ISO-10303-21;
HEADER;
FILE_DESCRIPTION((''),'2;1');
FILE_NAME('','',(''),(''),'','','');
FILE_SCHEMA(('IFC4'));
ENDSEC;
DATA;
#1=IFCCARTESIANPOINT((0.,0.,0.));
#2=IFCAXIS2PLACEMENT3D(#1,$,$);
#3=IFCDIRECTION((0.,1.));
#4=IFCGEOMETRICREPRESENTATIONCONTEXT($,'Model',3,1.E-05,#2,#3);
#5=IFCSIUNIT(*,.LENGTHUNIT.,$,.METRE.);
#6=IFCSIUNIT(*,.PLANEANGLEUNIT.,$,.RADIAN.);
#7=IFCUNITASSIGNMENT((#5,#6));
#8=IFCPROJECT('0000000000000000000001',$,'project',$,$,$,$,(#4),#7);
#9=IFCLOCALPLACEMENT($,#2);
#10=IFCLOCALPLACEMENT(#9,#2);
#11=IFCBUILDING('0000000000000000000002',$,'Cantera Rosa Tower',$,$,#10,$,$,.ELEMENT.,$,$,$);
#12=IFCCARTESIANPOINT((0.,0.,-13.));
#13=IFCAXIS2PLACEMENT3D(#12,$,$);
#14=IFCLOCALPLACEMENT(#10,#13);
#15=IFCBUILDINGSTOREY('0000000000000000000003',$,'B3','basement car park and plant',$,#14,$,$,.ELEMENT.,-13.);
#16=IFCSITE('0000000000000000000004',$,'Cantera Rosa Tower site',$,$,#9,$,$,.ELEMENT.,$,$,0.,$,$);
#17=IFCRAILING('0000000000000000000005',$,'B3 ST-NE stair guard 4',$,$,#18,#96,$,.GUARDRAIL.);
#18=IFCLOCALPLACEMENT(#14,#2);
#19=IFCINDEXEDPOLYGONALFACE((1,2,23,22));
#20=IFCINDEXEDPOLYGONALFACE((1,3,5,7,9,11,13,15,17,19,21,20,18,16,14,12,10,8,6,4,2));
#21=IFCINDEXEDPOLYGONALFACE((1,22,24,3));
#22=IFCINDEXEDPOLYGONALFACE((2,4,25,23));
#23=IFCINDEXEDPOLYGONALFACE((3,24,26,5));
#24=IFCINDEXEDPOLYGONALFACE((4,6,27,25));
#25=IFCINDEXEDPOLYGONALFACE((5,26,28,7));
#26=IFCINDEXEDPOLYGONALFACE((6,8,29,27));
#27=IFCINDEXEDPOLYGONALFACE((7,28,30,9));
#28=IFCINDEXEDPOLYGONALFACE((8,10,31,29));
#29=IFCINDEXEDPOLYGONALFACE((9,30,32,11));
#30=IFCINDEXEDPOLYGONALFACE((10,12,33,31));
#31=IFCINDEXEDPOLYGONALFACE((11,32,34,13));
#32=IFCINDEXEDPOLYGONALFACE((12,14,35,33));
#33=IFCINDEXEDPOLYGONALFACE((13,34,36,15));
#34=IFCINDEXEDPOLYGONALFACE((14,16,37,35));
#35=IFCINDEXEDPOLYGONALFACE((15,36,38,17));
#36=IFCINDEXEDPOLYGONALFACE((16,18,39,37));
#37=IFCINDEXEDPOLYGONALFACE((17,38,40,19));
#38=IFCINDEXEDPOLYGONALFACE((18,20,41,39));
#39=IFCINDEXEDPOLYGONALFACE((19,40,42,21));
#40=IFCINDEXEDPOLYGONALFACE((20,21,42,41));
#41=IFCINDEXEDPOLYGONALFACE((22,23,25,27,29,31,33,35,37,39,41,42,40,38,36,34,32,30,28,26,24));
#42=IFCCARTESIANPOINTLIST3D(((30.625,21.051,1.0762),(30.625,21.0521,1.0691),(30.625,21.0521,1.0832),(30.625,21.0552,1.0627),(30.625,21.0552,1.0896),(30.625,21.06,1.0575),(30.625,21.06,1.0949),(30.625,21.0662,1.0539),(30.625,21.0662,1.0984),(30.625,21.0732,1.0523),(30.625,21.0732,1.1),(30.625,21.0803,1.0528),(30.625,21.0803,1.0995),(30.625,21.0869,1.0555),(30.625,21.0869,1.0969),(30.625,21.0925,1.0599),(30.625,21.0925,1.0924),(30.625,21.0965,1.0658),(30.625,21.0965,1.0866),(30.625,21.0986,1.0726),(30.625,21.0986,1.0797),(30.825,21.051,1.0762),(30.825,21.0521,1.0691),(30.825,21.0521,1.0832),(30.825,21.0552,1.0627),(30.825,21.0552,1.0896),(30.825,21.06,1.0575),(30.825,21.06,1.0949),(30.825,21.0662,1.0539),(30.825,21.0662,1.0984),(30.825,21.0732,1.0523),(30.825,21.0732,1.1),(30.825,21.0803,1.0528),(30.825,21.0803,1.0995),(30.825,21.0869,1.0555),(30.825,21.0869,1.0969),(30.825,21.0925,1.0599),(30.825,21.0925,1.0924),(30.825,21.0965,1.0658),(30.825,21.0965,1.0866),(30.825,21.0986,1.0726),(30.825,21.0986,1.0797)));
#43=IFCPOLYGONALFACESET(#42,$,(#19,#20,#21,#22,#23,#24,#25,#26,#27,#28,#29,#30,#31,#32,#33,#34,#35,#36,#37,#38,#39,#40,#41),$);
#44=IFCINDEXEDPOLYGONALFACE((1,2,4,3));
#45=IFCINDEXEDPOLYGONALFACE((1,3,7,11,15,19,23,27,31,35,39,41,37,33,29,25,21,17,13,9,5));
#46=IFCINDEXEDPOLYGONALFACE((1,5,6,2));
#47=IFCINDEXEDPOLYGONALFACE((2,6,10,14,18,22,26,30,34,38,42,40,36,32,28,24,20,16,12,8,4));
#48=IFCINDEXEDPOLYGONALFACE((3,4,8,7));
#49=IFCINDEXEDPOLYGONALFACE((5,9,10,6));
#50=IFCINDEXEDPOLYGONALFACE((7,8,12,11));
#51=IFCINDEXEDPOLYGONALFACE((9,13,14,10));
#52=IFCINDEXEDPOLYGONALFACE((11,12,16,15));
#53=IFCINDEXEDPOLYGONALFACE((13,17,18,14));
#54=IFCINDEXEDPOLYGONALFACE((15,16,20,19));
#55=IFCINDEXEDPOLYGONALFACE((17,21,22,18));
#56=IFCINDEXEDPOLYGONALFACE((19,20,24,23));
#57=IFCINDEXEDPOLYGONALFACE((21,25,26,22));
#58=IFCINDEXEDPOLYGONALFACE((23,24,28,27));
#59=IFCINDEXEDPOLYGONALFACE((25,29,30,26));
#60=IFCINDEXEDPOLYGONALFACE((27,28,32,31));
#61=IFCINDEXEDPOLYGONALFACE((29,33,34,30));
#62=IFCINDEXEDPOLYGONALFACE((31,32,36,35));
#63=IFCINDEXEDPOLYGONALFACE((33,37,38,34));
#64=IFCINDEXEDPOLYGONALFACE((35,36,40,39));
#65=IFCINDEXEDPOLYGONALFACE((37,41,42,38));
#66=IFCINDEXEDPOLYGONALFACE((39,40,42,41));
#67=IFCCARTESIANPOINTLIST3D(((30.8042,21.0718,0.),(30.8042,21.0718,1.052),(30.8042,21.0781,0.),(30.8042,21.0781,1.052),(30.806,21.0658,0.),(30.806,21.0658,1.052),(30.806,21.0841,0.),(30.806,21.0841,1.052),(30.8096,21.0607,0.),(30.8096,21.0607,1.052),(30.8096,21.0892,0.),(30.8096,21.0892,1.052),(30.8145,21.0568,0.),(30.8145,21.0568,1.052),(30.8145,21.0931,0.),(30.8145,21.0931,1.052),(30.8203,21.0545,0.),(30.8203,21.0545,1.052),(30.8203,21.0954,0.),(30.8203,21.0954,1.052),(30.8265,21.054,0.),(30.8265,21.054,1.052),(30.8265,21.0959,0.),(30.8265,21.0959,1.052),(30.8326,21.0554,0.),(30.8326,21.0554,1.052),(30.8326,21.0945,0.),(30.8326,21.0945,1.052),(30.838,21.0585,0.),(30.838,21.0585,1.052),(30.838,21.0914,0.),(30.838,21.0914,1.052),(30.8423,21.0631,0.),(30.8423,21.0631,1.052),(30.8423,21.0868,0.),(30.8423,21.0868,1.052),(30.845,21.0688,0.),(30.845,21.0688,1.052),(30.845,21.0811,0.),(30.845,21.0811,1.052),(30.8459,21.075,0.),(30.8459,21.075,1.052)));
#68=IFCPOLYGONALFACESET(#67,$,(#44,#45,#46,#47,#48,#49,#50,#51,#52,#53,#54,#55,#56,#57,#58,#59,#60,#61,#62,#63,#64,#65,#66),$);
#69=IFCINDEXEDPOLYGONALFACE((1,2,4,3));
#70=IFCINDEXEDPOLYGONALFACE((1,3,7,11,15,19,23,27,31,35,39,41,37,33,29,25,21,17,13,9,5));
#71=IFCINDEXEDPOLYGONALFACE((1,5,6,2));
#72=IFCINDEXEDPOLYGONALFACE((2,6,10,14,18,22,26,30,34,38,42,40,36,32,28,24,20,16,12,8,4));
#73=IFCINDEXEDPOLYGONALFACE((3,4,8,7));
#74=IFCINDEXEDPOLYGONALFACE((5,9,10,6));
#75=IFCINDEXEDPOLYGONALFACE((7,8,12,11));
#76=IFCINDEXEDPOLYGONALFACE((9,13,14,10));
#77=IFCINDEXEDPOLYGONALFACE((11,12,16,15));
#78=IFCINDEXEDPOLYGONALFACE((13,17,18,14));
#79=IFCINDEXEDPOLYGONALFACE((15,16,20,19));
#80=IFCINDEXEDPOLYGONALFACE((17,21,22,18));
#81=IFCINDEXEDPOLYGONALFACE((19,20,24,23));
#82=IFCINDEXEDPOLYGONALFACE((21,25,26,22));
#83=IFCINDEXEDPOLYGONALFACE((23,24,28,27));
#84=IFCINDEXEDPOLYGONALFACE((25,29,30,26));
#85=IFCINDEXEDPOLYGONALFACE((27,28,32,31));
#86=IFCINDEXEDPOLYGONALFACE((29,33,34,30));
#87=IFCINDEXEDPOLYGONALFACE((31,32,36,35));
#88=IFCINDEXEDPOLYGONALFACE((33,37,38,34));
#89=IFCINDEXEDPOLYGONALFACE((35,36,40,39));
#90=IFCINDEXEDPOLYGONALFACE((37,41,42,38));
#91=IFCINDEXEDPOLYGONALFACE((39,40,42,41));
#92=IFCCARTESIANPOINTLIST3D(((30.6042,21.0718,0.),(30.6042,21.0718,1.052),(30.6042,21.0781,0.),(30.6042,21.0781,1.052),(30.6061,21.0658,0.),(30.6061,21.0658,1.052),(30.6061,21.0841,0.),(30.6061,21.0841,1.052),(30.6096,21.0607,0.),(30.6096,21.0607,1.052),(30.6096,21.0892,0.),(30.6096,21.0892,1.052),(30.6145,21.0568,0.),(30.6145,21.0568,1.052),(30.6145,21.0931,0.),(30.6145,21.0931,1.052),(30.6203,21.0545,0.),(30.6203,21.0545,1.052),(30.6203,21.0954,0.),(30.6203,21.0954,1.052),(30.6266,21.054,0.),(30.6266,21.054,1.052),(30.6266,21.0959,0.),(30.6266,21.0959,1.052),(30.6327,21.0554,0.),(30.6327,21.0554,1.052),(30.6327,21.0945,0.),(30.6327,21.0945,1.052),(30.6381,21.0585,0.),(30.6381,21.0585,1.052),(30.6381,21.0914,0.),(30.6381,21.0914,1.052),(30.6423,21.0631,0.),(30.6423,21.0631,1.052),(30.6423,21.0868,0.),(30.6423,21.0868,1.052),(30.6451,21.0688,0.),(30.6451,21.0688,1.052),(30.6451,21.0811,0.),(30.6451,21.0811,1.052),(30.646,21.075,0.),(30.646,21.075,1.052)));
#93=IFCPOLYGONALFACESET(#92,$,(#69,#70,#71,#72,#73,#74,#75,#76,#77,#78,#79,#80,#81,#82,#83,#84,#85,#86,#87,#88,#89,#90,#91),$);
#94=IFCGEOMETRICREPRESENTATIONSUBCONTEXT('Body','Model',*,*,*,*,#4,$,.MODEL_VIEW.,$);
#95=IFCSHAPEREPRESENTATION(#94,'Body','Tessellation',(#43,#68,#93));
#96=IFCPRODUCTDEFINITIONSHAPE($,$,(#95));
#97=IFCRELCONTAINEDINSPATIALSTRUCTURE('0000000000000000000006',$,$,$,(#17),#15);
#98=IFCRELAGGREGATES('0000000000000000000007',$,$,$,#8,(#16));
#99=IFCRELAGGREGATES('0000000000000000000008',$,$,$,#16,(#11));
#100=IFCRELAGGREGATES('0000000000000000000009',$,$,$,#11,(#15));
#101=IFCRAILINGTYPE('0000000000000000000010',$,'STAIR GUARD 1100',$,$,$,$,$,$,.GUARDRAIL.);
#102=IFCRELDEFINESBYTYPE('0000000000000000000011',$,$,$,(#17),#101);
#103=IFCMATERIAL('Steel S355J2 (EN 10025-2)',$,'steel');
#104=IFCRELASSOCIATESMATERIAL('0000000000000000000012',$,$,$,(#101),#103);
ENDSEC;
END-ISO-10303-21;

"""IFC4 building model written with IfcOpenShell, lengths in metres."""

from ifc_helpers import new_model, si_unit, direction, frame, origin, origin_2d, place, context, subcontext, project, spatial, circle, extrude, material, type_object, element, save


model = new_model("IFC4")

# Units and contexts
model_context = context("Model", 3, precision=1e-05, world=origin(), true_north=direction((0.0, 1.0)))
body_context = subcontext(model_context, "Body", "Model", "MODEL_VIEW")
ifc_project = project(units=[si_unit("LENGTHUNIT", "METRE"), si_unit("PLANEANGLEUNIT", "RADIAN")], contexts=[model_context])

# Site, building, storey
site_placement = place(None, origin())
site = spatial("IfcSite", under=ifc_project, at=site_placement, Name="Cantera Rosa Tower site", CompositionType="ELEMENT", RefElevation=0.0)
building_placement = place(site_placement, origin())
building = spatial("IfcBuilding", under=site, at=building_placement, Name="Cantera Rosa Tower", CompositionType="ELEMENT")
storey_placement = place(building_placement, frame((0.0, 0.0, -13.0)))
storey = spatial("IfcBuildingStorey", under=building, at=storey_placement, Name="B3", Description="basement car park and plant", CompositionType="ELEMENT", Elevation=-13.0)

# Railing
ifc_material_1 = material(Name="Steel S355J2 (EN 10025-2)", Category="steel")
railing_type_1 = type_object("IfcRailingType", Name="STAIR GUARD 1100", PredefinedType="GUARDRAIL", material=ifc_material_1)
railing_1_placement = place(storey_placement, frame((30.825, 21.075, 0.0)))
element("IfcRailing", 1, at=railing_1_placement, inside=storey, type_object=railing_type_1, Name="B3 ST-NE stair guard 4", PredefinedType="GUARDRAIL", context=body_context, shape_type="SweptSolid", body=[
    extrude(circle(Radius=0.0239, at=origin_2d()), frame((0.0, 0.0, 1.0762), z_axis=(-1.0, 0.0, 0.0), x_axis=(0.0, -1.0, 0.0)), (0.0, 0.0, 1.0), 0.2),
    extrude(circle(Radius=0.021, at=origin_2d()), origin(), (0.0, 0.0, 1.0), 1.052),
    extrude(circle(Radius=0.021, at=origin_2d()), frame((-0.2, 0.0, 0.0)), (0.0, 0.0, 1.0), 1.052),
])

save(model, "model.ifc")
